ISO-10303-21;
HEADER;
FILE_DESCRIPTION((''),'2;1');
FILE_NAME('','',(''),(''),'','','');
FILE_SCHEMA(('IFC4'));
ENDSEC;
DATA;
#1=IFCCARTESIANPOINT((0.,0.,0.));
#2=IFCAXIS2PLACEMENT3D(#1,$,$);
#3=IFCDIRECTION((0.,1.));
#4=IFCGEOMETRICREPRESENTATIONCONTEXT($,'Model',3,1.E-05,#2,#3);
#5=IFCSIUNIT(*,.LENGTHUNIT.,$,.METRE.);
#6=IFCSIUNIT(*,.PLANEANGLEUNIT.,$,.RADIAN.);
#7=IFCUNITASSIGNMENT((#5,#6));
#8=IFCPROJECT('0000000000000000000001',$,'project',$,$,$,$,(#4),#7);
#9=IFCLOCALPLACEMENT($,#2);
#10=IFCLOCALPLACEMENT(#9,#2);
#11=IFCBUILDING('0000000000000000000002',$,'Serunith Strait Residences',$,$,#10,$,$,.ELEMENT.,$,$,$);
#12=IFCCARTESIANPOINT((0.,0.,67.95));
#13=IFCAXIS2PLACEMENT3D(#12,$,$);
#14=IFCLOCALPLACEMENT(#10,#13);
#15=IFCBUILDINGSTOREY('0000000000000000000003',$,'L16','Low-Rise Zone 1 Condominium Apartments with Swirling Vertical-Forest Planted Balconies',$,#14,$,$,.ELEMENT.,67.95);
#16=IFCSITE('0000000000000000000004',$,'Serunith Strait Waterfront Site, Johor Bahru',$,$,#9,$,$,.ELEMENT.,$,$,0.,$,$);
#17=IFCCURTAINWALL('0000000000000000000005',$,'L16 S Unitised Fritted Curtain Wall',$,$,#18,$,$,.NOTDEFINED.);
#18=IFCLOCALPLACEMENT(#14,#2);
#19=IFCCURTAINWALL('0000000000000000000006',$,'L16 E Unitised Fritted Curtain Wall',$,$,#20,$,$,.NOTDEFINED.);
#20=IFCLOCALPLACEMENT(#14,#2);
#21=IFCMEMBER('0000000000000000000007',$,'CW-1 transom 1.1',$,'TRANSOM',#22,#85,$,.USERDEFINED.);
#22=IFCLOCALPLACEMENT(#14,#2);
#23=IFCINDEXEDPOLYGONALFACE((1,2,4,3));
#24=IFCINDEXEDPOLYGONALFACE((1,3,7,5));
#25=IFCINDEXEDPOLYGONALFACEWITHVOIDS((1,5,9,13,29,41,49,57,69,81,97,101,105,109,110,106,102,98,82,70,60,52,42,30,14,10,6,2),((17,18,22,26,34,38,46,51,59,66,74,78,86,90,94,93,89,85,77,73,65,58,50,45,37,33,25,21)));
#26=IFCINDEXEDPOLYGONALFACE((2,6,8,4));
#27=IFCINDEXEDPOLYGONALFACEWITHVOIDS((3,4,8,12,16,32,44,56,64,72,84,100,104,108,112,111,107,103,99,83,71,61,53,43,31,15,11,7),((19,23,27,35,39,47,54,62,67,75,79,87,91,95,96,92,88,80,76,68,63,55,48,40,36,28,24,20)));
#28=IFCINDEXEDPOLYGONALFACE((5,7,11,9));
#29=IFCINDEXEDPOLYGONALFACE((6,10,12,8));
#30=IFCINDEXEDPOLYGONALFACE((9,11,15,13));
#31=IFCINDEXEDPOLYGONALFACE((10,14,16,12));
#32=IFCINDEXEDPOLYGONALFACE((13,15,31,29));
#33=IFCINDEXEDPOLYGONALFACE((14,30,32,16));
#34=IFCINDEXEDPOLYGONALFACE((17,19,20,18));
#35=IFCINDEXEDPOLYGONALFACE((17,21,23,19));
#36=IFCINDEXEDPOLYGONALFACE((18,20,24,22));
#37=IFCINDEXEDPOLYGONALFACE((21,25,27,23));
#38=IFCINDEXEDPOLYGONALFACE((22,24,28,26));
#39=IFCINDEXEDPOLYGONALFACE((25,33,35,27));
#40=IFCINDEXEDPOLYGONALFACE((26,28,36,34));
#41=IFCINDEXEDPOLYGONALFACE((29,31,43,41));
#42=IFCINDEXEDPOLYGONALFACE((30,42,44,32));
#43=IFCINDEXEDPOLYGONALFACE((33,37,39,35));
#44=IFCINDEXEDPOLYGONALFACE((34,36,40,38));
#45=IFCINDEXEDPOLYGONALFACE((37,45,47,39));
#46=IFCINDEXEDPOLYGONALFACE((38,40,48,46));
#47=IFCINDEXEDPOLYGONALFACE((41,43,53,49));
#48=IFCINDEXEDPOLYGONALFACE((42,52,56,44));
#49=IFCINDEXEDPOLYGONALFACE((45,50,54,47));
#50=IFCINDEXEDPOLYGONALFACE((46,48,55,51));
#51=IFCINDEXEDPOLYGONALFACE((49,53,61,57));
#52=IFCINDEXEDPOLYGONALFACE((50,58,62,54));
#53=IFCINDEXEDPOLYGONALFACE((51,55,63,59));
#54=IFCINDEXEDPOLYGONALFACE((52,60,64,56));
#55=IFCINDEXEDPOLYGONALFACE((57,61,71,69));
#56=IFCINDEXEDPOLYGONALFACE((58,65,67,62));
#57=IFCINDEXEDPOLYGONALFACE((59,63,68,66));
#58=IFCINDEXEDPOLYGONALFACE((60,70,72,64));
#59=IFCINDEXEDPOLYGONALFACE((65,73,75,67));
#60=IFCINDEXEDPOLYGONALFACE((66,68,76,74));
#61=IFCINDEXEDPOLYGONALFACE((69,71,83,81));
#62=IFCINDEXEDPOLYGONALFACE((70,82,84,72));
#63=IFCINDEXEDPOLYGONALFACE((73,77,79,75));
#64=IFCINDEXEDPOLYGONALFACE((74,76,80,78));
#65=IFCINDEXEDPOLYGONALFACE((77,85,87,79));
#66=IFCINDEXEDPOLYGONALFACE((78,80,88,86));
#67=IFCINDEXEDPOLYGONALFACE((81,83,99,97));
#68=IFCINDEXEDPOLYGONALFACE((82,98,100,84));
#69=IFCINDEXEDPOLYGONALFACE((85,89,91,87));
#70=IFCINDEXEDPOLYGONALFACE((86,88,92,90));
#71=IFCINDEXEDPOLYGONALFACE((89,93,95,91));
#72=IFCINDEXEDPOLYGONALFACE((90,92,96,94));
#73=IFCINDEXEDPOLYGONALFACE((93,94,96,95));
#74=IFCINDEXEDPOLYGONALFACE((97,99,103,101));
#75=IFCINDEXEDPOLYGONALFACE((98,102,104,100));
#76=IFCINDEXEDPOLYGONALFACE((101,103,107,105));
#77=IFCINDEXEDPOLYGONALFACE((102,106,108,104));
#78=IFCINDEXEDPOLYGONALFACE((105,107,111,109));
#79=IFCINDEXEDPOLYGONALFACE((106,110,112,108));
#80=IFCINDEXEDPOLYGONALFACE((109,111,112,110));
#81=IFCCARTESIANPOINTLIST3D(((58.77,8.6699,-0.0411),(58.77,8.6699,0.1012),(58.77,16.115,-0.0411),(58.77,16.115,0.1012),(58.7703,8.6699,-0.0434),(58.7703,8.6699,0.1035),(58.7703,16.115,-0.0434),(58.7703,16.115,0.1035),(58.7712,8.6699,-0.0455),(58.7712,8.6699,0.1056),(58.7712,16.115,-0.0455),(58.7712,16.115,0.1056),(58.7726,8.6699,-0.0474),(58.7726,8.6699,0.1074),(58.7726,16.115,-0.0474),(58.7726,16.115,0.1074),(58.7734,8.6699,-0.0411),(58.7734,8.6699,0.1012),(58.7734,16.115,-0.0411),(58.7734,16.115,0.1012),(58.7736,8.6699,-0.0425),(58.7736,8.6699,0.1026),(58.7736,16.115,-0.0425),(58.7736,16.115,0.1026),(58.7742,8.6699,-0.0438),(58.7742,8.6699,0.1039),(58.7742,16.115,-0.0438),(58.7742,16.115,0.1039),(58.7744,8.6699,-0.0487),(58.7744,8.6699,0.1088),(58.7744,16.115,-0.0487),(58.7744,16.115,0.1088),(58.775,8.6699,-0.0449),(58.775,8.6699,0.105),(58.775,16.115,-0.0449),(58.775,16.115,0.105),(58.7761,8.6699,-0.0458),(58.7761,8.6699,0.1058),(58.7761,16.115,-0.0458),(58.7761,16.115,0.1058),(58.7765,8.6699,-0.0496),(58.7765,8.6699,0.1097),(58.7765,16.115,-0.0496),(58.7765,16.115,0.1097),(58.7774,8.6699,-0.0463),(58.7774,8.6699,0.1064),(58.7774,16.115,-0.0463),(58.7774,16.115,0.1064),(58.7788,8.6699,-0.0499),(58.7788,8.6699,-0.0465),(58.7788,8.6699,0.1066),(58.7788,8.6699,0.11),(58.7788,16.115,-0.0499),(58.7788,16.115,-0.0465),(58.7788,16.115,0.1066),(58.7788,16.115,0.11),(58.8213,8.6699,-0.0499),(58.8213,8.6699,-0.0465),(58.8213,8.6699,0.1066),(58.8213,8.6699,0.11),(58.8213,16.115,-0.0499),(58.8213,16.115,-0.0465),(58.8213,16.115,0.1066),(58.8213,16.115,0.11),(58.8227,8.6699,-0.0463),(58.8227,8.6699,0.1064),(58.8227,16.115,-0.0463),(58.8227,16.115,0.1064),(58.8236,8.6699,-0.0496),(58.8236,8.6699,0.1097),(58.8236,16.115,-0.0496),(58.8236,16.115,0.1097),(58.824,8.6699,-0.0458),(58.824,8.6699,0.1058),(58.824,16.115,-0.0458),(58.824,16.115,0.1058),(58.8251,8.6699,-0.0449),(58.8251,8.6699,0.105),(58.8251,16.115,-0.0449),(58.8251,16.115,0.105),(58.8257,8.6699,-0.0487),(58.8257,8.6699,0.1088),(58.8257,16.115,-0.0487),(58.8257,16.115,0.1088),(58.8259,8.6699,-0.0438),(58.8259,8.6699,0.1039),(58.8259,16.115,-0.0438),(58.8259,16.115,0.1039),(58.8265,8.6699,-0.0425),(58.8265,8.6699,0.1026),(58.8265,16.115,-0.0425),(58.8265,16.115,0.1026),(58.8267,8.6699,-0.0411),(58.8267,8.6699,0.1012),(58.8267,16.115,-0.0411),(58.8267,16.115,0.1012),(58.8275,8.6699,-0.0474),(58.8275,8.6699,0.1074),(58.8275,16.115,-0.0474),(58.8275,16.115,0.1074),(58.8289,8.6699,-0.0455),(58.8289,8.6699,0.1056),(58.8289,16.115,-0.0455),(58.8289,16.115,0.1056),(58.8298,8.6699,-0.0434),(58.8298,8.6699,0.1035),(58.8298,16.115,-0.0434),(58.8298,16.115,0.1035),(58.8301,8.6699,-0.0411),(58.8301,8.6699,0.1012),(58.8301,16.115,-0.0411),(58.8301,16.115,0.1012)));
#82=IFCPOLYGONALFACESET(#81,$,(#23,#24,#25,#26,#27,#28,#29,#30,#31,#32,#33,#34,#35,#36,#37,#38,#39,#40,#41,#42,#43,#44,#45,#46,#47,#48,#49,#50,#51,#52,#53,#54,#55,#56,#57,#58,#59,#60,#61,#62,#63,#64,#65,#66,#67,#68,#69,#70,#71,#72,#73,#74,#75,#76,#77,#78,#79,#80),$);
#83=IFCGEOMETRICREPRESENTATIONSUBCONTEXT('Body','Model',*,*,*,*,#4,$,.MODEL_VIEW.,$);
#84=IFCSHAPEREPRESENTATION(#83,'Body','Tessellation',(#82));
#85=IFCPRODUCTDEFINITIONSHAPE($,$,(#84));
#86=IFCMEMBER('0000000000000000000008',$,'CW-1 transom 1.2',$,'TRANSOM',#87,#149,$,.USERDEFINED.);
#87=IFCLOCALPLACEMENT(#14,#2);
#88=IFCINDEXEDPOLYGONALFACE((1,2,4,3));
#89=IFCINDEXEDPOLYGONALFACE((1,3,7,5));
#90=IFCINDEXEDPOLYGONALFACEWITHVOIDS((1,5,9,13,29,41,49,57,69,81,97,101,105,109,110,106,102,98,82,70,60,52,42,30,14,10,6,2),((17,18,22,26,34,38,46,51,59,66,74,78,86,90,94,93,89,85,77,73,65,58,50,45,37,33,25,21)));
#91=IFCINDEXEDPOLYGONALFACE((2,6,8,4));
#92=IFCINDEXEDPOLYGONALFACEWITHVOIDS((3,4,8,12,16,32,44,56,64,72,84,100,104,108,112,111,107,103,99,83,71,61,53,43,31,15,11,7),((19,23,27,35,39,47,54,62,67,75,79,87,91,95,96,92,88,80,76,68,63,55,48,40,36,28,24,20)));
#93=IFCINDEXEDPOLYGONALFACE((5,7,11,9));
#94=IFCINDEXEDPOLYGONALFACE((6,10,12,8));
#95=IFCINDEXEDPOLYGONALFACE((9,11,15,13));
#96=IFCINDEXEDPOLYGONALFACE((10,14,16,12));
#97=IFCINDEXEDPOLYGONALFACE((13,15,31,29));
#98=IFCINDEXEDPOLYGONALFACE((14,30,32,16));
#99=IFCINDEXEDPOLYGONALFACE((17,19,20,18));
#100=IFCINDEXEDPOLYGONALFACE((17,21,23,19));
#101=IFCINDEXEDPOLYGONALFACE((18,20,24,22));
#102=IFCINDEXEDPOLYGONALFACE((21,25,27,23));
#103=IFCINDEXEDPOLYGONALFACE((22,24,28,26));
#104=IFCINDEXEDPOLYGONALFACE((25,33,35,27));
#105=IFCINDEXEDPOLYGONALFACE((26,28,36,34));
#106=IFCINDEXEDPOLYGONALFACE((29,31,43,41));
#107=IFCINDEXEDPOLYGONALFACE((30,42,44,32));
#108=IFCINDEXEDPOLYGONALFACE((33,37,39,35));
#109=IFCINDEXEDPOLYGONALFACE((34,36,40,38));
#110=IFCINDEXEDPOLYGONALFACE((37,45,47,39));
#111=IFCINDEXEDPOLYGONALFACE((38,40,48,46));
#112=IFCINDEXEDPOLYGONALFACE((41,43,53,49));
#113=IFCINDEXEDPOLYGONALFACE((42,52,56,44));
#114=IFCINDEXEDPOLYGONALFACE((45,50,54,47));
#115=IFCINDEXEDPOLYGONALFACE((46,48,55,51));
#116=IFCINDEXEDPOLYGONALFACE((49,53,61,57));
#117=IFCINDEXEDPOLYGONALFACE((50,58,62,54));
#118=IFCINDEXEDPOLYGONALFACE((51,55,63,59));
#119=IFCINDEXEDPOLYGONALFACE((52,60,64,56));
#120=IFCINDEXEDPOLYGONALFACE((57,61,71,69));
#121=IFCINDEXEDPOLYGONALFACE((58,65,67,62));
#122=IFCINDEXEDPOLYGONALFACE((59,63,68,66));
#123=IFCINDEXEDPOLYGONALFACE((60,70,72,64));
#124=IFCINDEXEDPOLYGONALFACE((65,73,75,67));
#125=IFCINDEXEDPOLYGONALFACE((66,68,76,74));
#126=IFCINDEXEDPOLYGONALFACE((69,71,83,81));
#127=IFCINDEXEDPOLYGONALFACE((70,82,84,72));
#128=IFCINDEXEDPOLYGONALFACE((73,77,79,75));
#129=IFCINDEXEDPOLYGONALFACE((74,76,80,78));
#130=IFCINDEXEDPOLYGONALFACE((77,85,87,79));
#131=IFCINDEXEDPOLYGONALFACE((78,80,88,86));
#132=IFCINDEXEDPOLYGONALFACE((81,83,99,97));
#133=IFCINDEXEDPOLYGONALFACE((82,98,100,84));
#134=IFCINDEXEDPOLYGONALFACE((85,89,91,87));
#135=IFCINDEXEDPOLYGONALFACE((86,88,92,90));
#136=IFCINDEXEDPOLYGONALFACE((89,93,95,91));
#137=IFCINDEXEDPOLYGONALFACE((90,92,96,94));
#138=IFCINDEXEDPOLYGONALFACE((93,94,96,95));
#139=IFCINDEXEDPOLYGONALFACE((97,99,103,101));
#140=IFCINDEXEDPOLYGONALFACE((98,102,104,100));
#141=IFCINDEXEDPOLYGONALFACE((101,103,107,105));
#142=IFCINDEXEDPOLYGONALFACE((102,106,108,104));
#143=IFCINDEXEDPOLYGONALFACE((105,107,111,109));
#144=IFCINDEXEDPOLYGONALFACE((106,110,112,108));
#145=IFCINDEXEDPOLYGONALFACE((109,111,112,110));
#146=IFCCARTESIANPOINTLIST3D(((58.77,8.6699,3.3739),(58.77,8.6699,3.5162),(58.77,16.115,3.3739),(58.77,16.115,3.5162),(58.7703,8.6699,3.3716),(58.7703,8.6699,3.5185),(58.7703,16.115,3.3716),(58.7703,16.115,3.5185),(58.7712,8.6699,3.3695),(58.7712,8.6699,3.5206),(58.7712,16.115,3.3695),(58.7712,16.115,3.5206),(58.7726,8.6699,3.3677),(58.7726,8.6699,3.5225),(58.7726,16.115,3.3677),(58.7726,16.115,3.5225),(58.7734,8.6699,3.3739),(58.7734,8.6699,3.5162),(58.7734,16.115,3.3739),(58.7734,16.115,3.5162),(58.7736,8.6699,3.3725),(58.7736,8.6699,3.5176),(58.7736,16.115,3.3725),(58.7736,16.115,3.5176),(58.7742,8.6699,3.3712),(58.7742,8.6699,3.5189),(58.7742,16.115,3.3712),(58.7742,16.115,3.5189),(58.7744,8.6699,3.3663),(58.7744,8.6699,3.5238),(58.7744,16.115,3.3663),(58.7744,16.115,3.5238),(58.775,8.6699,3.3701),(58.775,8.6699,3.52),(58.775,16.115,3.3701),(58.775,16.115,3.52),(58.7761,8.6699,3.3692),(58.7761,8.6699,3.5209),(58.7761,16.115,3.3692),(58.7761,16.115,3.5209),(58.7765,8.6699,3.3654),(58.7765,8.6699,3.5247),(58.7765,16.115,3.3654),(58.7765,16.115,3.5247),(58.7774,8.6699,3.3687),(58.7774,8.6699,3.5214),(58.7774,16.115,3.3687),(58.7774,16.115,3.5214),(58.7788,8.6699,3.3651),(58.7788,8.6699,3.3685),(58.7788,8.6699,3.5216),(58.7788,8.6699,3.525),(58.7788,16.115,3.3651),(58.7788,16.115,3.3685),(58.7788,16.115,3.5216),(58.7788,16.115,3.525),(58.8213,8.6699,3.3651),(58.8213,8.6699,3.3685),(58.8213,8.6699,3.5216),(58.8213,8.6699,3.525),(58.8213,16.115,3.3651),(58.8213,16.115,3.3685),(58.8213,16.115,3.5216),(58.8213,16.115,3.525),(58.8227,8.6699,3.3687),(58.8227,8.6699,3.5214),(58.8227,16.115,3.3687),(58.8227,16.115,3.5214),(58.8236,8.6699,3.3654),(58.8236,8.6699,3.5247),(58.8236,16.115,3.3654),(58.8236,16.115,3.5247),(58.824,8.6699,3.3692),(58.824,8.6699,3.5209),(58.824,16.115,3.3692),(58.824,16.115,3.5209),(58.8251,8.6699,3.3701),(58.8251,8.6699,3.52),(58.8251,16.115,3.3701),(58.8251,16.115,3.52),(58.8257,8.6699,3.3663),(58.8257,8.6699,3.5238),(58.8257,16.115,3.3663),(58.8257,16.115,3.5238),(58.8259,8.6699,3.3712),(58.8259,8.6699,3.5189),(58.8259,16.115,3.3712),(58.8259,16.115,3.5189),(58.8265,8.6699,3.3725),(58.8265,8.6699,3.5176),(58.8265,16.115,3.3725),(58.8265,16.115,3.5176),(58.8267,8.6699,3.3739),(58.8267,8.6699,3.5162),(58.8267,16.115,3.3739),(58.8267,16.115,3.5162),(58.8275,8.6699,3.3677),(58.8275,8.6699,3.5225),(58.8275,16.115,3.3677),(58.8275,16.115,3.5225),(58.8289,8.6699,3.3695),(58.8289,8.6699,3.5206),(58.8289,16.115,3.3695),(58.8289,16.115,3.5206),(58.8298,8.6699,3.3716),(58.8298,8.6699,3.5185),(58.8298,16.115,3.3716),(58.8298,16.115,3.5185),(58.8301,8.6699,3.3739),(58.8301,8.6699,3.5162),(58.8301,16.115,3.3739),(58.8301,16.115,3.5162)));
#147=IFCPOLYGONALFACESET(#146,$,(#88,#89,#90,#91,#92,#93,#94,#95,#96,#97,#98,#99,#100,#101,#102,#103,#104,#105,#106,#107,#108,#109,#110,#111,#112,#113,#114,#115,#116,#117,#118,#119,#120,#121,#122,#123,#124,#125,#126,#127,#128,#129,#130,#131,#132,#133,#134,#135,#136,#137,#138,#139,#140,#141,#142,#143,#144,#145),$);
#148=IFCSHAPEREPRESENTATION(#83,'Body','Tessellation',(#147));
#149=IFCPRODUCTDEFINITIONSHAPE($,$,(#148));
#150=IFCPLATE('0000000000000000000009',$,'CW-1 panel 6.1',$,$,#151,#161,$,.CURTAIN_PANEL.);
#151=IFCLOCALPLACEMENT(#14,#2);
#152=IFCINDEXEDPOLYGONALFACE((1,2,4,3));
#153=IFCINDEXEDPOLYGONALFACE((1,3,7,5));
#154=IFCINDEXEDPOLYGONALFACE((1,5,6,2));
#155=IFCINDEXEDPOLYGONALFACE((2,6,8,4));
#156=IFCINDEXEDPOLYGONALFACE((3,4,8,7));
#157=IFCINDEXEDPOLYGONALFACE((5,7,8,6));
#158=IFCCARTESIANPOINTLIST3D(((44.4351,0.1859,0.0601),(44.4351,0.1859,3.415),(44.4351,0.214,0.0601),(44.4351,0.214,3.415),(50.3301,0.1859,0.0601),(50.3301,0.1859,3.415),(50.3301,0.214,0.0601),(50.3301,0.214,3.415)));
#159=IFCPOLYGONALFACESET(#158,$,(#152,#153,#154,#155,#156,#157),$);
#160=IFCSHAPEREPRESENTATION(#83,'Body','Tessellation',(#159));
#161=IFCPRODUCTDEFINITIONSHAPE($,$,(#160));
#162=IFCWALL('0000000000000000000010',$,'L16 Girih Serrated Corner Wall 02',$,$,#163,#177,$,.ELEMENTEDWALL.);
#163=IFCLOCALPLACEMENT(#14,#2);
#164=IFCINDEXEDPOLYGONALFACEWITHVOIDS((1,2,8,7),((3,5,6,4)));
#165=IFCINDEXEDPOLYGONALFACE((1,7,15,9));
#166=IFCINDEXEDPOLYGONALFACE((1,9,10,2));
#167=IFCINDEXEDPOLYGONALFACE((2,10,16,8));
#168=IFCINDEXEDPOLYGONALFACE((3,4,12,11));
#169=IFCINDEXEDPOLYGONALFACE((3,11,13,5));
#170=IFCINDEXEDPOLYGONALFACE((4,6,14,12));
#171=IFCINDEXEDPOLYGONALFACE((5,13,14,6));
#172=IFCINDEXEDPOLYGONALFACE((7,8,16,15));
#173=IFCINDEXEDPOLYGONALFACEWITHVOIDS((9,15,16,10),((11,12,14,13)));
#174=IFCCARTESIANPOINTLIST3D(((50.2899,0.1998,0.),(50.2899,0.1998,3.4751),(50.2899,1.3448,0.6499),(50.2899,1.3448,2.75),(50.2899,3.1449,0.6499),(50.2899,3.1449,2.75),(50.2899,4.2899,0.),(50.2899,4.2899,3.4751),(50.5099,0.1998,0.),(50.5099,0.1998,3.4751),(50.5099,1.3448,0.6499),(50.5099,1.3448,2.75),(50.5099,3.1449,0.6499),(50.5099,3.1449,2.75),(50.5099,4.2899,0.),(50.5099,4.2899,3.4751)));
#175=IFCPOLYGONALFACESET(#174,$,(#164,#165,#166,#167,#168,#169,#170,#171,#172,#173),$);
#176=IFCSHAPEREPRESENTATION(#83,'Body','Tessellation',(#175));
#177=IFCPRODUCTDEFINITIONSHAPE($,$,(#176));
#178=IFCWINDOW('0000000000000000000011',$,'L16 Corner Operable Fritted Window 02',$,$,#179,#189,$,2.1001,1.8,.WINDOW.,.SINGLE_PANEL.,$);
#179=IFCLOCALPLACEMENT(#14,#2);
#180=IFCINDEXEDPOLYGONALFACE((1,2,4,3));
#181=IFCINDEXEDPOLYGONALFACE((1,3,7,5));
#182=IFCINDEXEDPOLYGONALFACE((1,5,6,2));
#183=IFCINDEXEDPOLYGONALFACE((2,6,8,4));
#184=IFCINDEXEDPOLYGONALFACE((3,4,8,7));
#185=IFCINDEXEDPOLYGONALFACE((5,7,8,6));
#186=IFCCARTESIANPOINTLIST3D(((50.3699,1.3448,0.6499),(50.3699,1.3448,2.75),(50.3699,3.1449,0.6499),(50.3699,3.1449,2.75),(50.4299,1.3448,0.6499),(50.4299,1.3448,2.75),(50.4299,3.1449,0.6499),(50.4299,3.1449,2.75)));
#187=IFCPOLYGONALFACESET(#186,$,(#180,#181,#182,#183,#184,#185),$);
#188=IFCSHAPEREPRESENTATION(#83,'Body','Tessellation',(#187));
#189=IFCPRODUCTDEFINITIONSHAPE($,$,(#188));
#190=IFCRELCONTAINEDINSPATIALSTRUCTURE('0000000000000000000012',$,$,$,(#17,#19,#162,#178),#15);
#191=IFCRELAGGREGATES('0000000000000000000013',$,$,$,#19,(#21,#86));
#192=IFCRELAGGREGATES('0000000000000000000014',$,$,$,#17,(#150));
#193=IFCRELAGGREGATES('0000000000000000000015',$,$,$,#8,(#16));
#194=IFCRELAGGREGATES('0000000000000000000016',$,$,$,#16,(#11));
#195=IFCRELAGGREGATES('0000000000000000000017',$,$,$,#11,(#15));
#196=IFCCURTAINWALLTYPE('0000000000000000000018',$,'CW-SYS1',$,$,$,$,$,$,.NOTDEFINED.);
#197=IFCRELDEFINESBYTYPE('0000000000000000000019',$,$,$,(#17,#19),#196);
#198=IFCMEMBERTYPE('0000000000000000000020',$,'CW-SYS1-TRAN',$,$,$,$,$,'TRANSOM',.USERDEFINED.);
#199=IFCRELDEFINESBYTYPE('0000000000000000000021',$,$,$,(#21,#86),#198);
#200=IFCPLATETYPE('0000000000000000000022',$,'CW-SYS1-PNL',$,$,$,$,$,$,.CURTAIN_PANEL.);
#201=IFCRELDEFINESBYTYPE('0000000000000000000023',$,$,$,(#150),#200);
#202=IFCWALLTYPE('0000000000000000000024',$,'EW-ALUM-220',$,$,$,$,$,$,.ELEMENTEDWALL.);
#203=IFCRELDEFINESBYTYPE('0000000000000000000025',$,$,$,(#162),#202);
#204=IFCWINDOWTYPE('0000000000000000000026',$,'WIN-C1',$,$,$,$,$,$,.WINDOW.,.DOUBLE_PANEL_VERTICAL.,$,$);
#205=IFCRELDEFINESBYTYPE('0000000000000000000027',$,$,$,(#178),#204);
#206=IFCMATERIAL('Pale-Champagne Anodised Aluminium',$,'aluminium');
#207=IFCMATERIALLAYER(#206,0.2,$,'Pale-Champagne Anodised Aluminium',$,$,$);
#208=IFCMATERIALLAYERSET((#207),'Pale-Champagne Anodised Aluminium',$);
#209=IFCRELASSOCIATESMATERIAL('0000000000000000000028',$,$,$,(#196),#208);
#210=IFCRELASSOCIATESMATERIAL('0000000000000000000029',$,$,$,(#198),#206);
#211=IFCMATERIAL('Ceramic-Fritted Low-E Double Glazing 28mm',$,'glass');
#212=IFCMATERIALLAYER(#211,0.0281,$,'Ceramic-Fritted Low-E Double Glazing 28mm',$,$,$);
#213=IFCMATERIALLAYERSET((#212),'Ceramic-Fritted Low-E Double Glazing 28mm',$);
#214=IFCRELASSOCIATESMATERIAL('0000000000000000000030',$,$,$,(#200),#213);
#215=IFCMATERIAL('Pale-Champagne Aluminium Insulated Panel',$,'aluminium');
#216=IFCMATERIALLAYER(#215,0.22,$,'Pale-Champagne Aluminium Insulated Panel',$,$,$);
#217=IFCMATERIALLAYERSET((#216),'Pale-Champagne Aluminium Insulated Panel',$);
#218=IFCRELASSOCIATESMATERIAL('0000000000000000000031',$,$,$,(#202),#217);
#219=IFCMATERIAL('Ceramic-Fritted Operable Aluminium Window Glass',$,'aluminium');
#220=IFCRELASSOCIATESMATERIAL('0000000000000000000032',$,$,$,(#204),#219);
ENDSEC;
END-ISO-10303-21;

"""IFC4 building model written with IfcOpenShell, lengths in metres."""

from ifc_helpers import new_model, si_unit, direction, frame, frame_2d, origin, origin_2d, place, context, subcontext, project, spatial, rectangle, hollow_rectangle, extrude, source, transform, mapped, material, layer, layer_set, material_profile, profile_set, type_object, element, fill, aggregate, save


model = new_model("IFC4")

# Units and contexts
model_context = context("Model", 3, precision=1e-05, world=origin(), true_north=direction((0.0, 1.0)))
body_context = subcontext(model_context, "Body", "Model", "MODEL_VIEW")
ifc_project = project(units=[si_unit("LENGTHUNIT", "METRE"), si_unit("PLANEANGLEUNIT", "RADIAN")], contexts=[model_context])

# Site, building, storey
site_placement = place(None, origin())
site = spatial("IfcSite", under=ifc_project, at=site_placement, Name="Serunith Strait Waterfront Site, Johor Bahru", CompositionType="ELEMENT", RefElevation=0.0)
building_placement = place(site_placement, origin())
building = spatial("IfcBuilding", under=site, at=building_placement, Name="Serunith Strait Residences", CompositionType="ELEMENT")
storey_placement = place(building_placement, frame((0.0, 0.0, 67.95)))
storey = spatial("IfcBuildingStorey", under=building, at=storey_placement, Name="L16", Description="Low-Rise Zone 1 Condominium Apartments with Swirling Vertical-Forest Planted Balconies", CompositionType="ELEMENT", Elevation=67.95)

# Curtain wall
ifc_material_1 = material(Name="Pale-Champagne Anodised Aluminium", Category="aluminium")
ifc_layer_1 = layer(ifc_material_1, 0.2, Name="Pale-Champagne Anodised Aluminium")
ifc_layer_set_1 = layer_set([ifc_layer_1], Name="Pale-Champagne Anodised Aluminium")
curtain_wall_type = type_object("IfcCurtainWallType", Name="CW-SYS1", PredefinedType="NOTDEFINED", material=ifc_layer_set_1)
curtain_wall_1_placement = place(storey_placement, origin())
curtain_wall_1 = element("IfcCurtainWall", 1, at=curtain_wall_1_placement, inside=storey, type_object=curtain_wall_type, Name="L16 S Unitised Fritted Curtain Wall", PredefinedType="NOTDEFINED")

# Curtain wall, members
curtain_wall_2_placement = place(storey_placement, origin())
curtain_wall_2 = element("IfcCurtainWall", 2, at=curtain_wall_2_placement, inside=storey, type_object=curtain_wall_type, Name="L16 E Unitised Fritted Curtain Wall", PredefinedType="NOTDEFINED")
ifc_material_profile_1 = material_profile(ifc_material_1, hollow_rectangle(XDim=0.0601, YDim=0.1599, WallThickness=0.0034, InnerFilletRadius=0.0054, OuterFilletRadius=0.0088, at=origin_2d()), Name="ALU 160x60x3.5")
ifc_profile_set_1 = profile_set([ifc_material_profile_1], Name="Pale-Champagne Anodised Aluminium")
member_type_1 = type_object("IfcMemberType", Name="CW-SYS1-TRAN", ElementType="TRANSOM", PredefinedType="USERDEFINED", material=ifc_profile_set_1)
shared_shape_1 = source(origin(), body_context, "Body", "SweptSolid", [
    extrude(hollow_rectangle(XDim=0.0601, YDim=0.1599, WallThickness=0.0034, InnerFilletRadius=0.0054, OuterFilletRadius=0.0088, at=origin_2d()), origin(), (0.0, 0.0, 1.0), 7.4451),
])
member_1_placement = place(storey_placement, frame((58.8, 8.6699, 0.03), z_axis=(0.0, 1.0, 0.0), x_axis=(-1.0, 0.0, 0.0)))
member_1 = element("IfcMember", 3, at=member_1_placement, type_object=member_type_1, Name="CW-1 transom 1.1", ObjectType="TRANSOM", PredefinedType="USERDEFINED", context=body_context, shape_type="MappedRepresentation", body=[
    mapped(shared_shape_1, transform((0.0, 0.0, 0.0), scale=1.0)),
])
member_2_placement = place(storey_placement, frame((58.8, 8.6699, 3.4451), z_axis=(0.0, 1.0, 0.0), x_axis=(-1.0, 0.0, 0.0)))
member_2 = element("IfcMember", 4, at=member_2_placement, type_object=member_type_1, Name="CW-1 transom 1.2", ObjectType="TRANSOM", PredefinedType="USERDEFINED", context=body_context, shape_type="MappedRepresentation", body=[
    mapped(shared_shape_1, transform((0.0, 0.0, 0.0), scale=1.0)),
])
aggregate(curtain_wall_2, [member_1, member_2])

# Plate
ifc_material_2 = material(Name="Ceramic-Fritted Low-E Double Glazing 28mm", Category="glass")
ifc_layer_2 = layer(ifc_material_2, 0.0281, Name="Ceramic-Fritted Low-E Double Glazing 28mm")
ifc_layer_set_2 = layer_set([ifc_layer_2], Name="Ceramic-Fritted Low-E Double Glazing 28mm")
plate_type = type_object("IfcPlateType", Name="CW-SYS1-PNL", PredefinedType="CURTAIN_PANEL", material=ifc_layer_set_2)
shared_shape_2 = source(origin(), body_context, "Body", "SweptSolid", [
    extrude(rectangle(XDim=5.895, YDim=0.0281, at=origin_2d()), origin(), (0.0, 0.0, 1.0), 3.355),
])
plate_placement = place(storey_placement, frame((47.3826, 0.2, 0.0601), z_axis=(0.0, 0.0, 1.0), x_axis=(1.0, 0.0, 0.0)))
plate = element("IfcPlate", 5, at=plate_placement, type_object=plate_type, Name="CW-1 panel 6.1", PredefinedType="CURTAIN_PANEL", context=body_context, shape_type="MappedRepresentation", body=[
    mapped(shared_shape_2, transform((0.0, 0.0, 0.0), scale=1.0)),
])
aggregate(curtain_wall_1, [plate])

# Wall, opening, window
ifc_material_3 = material(Name="Pale-Champagne Aluminium Insulated Panel", Category="aluminium")
ifc_layer_3 = layer(ifc_material_3, 0.22, Name="Pale-Champagne Aluminium Insulated Panel")
ifc_layer_set_3 = layer_set([ifc_layer_3], Name="Pale-Champagne Aluminium Insulated Panel")
wall_type_1 = type_object("IfcWallType", Name="EW-ALUM-220", PredefinedType="ELEMENTEDWALL", material=ifc_layer_set_3)
wall_1_placement = place(storey_placement, frame((50.3999, 0.2, 0.0), z_axis=(0.0, 0.0, 1.0), x_axis=(0.0, 1.0, 0.0)))
wall_1 = element("IfcWall", 6, at=wall_1_placement, inside=storey, type_object=wall_type_1, Name="L16 Girih Serrated Corner Wall 02", PredefinedType="ELEMENTEDWALL", context=body_context, shape_type="SweptSolid", body=[
    extrude(rectangle(XDim=4.0901, YDim=0.22, at=frame_2d((2.0449, 0.0))), origin(), (0.0, 0.0, 1.0), 3.4751),
])
opening_1_placement = place(wall_1_placement, frame((1.145, 0.0, 0.6499)))
opening_1 = element("IfcOpeningElement", 7, at=opening_1_placement, cuts=wall_1, PredefinedType="OPENING", context=body_context, shape_type="SweptSolid", body=[
    extrude(rectangle(XDim=1.8, YDim=2.1001, at=frame_2d((0.8999, 1.05))), frame((0.0, 0.1201, 0.0), z_axis=(0.0, -1.0, 0.0), x_axis=(1.0, 0.0, 0.0)), (0.0, 0.0, 1.0), 0.24),
])
ifc_material_4 = material(Name="Ceramic-Fritted Operable Aluminium Window Glass", Category="aluminium")
window_type = type_object("IfcWindowType", Name="WIN-C1", PartitioningType="DOUBLE_PANEL_VERTICAL", PredefinedType="WINDOW", material=ifc_material_4)
shared_shape_3 = source(origin(), body_context, "Body", "SweptSolid", [
    extrude(rectangle(XDim=1.8, YDim=2.1001, at=frame_2d((0.8999, 1.05))), frame((0.0, 0.03, 0.0), z_axis=(0.0, -1.0, 0.0), x_axis=(1.0, 0.0, 0.0)), (0.0, 0.0, 1.0), 0.0601),
])
window_1_placement = place(opening_1_placement, origin())
window_1 = element("IfcWindow", 8, at=window_1_placement, inside=storey, type_object=window_type, Name="L16 Corner Operable Fritted Window 02", OverallHeight=2.1001, OverallWidth=1.8, PartitioningType="SINGLE_PANEL", PredefinedType="WINDOW", context=body_context, shape_type="MappedRepresentation", body=[
    mapped(shared_shape_3, transform((0.0, 0.0, 0.0), scale=1.0)),
])
fill(opening_1, window_1)

save(model, "model.ifc")
